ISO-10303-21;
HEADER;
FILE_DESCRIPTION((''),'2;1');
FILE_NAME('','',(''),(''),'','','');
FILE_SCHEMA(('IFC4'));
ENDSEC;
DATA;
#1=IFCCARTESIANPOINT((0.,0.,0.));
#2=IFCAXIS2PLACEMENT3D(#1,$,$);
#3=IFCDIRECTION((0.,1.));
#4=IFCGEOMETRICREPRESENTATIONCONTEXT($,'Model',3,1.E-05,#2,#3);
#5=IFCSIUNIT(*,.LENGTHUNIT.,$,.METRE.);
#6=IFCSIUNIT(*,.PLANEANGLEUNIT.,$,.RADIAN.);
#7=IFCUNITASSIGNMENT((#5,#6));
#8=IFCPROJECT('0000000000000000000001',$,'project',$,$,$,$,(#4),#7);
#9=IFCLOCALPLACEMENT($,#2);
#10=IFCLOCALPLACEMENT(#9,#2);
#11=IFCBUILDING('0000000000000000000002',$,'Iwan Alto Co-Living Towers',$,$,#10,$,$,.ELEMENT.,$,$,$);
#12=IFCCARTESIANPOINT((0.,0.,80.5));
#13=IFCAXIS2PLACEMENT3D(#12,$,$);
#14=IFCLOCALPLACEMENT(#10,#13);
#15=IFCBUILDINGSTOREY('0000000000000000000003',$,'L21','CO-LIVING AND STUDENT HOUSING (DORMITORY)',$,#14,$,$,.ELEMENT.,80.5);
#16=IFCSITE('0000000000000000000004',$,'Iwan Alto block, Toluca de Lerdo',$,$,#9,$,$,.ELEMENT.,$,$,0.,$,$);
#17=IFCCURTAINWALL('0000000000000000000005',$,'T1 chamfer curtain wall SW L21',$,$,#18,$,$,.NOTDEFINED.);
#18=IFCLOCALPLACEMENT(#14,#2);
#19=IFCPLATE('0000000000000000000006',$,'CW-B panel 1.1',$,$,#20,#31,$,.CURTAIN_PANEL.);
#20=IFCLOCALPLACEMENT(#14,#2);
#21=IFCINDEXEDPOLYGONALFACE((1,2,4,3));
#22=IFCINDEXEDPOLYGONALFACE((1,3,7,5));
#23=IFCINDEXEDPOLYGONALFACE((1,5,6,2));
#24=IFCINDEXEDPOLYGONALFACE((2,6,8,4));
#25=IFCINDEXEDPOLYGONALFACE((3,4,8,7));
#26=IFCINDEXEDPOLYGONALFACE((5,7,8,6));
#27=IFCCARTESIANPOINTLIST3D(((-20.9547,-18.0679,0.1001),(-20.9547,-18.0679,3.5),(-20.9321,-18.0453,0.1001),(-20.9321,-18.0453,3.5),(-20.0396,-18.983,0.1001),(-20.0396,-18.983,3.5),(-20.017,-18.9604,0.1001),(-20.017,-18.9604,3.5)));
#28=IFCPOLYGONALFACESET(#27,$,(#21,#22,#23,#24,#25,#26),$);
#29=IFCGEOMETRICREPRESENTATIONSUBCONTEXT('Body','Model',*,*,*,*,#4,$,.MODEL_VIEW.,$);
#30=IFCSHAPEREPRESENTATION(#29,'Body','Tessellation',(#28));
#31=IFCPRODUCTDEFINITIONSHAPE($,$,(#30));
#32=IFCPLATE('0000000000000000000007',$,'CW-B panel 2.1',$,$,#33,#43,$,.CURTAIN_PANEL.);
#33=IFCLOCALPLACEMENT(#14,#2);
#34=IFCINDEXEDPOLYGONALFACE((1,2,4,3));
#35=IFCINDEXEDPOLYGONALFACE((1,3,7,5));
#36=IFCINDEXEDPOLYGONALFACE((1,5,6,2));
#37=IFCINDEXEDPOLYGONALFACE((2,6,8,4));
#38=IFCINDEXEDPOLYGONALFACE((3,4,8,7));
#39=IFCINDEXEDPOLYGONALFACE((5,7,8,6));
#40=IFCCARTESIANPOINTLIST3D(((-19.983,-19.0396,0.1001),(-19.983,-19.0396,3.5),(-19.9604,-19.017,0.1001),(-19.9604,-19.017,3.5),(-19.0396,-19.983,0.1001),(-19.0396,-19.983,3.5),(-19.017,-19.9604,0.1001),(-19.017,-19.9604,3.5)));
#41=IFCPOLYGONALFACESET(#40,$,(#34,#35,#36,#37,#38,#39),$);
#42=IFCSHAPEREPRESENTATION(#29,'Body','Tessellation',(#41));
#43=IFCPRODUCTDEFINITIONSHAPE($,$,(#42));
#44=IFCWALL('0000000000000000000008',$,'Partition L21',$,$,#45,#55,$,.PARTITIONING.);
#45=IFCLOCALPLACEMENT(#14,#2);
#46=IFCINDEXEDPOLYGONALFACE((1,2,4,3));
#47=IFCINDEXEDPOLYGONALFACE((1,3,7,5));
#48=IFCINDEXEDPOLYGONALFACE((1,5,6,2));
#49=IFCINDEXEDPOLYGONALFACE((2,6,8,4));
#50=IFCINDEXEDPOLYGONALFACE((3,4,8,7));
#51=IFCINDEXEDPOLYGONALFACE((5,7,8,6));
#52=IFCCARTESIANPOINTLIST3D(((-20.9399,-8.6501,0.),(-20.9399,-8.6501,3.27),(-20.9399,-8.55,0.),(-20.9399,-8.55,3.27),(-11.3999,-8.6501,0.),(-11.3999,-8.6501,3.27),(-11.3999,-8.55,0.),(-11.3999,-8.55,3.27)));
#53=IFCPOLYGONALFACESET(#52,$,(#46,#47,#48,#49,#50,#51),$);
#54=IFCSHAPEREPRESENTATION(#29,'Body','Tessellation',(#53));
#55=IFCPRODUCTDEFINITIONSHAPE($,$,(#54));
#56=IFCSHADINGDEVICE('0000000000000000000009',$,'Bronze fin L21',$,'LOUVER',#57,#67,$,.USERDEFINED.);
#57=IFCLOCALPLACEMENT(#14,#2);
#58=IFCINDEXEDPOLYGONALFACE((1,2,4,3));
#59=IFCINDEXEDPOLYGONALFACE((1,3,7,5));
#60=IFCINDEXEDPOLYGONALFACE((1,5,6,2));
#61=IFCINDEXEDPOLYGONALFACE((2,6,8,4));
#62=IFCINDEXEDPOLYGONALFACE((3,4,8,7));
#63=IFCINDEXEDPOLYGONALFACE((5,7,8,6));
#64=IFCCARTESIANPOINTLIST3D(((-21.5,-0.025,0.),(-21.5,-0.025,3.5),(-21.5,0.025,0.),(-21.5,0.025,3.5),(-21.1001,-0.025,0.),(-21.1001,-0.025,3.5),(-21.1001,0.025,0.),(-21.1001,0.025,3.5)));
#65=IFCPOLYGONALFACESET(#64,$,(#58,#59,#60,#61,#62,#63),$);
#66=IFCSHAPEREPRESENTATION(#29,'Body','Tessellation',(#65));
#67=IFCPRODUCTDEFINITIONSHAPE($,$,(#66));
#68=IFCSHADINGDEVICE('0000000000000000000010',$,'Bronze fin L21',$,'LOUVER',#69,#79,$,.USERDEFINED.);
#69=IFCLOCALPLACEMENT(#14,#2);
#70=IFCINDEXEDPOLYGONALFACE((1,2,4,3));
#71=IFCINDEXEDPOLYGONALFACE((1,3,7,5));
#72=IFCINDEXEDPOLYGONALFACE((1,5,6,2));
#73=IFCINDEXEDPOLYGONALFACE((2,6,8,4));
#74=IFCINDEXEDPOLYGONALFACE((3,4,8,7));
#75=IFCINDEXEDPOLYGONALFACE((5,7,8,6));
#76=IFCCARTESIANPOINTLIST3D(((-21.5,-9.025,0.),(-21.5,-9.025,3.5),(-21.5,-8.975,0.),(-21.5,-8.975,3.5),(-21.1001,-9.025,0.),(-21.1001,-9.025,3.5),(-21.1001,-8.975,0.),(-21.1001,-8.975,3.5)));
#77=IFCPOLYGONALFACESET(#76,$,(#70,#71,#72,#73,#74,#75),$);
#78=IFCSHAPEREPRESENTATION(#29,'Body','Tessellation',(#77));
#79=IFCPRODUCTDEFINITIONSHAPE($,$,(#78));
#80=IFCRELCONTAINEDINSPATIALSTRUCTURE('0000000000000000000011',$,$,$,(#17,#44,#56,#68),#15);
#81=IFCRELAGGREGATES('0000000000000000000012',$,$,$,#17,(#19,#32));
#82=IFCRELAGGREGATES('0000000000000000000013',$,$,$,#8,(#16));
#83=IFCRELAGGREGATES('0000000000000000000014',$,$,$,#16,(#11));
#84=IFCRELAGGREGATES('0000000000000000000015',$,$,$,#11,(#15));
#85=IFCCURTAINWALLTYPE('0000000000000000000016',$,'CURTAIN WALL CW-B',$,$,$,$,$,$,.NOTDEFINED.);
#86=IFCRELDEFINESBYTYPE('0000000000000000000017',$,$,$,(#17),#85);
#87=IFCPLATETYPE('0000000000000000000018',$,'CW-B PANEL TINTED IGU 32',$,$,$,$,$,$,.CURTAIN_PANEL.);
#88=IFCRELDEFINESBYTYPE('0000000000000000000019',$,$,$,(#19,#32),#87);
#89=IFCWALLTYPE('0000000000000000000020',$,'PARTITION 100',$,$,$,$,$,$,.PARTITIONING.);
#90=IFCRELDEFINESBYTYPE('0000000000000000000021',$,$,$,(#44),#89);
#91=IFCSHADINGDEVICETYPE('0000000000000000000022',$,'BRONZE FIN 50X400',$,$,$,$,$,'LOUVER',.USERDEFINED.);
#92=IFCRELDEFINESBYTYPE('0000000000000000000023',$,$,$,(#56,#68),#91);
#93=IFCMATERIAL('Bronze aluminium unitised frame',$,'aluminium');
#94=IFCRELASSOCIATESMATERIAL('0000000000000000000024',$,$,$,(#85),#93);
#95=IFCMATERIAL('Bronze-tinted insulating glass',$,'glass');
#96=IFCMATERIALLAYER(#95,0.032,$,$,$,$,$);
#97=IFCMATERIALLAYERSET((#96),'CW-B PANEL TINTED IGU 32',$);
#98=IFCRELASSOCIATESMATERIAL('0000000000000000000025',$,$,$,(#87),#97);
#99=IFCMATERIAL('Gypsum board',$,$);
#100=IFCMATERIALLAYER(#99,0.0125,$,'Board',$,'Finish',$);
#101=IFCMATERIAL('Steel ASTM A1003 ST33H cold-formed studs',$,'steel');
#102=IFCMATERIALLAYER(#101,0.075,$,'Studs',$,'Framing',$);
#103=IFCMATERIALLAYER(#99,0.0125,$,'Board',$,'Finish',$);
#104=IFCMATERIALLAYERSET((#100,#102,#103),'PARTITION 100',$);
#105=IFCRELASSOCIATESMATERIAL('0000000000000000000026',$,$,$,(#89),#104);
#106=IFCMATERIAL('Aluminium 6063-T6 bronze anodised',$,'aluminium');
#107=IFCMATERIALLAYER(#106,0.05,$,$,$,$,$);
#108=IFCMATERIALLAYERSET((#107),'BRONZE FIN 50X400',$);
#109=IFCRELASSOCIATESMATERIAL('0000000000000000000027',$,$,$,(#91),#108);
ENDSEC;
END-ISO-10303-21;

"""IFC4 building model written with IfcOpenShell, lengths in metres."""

from ifc_helpers import new_model, si_unit, direction, frame, frame_2d, origin, origin_2d, place, context, subcontext, project, spatial, rectangle, extrude, material, layer, layer_set, type_object, element, aggregate, save


model = new_model("IFC4")

# Units and contexts
model_context = context("Model", 3, precision=1e-05, world=origin(), true_north=direction((0.0, 1.0)))
body_context = subcontext(model_context, "Body", "Model", "MODEL_VIEW")
ifc_project = project(units=[si_unit("LENGTHUNIT", "METRE"), si_unit("PLANEANGLEUNIT", "RADIAN")], contexts=[model_context])

# Site, building, storey
site_placement = place(None, origin())
site = spatial("IfcSite", under=ifc_project, at=site_placement, Name="Iwan Alto block, Toluca de Lerdo", CompositionType="ELEMENT", RefElevation=0.0)
building_placement = place(site_placement, origin())
building = spatial("IfcBuilding", under=site, at=building_placement, Name="Iwan Alto Co-Living Towers", CompositionType="ELEMENT")
storey_placement = place(building_placement, frame((0.0, 0.0, 80.5)))
storey = spatial("IfcBuildingStorey", under=building, at=storey_placement, Name="L21", Description="CO-LIVING AND STUDENT HOUSING (DORMITORY)", CompositionType="ELEMENT", Elevation=80.5)

# Curtain wall
ifc_material_1 = material(Name="Bronze aluminium unitised frame", Category="aluminium")
curtain_wall_type_1 = type_object("IfcCurtainWallType", Name="CURTAIN WALL CW-B", PredefinedType="NOTDEFINED", material=ifc_material_1)
curtain_wall_1_placement = place(storey_placement, origin())
curtain_wall_1 = element("IfcCurtainWall", 1, at=curtain_wall_1_placement, inside=storey, type_object=curtain_wall_type_1, Name="T1 chamfer curtain wall SW L21", PredefinedType="NOTDEFINED")

# Plates
ifc_material_2 = material(Name="Bronze-tinted insulating glass", Category="glass")
ifc_layer_1 = layer(ifc_material_2, 0.032)
ifc_layer_set_1 = layer_set([ifc_layer_1], Name="CW-B PANEL TINTED IGU 32")
plate_type_1 = type_object("IfcPlateType", Name="CW-B PANEL TINTED IGU 32", PredefinedType="CURTAIN_PANEL", material=ifc_layer_set_1)
plate_1_placement = place(storey_placement, frame((-20.4858, -18.5142, 0.1001), z_axis=(0.0, 0.0, 1.0), x_axis=(0.707107, -0.707107, 0.0)))
plate_1 = element("IfcPlate", 2, at=plate_1_placement, type_object=plate_type_1, Name="CW-B panel 1.1", PredefinedType="CURTAIN_PANEL", context=body_context, shape_type="SweptSolid", body=[
    extrude(rectangle(XDim=1.2942, YDim=0.032, at=origin_2d()), origin(), (0.0, 0.0, 1.0), 3.3999),
])
plate_2_placement = place(storey_placement, frame((-19.5, -19.5, 0.1001), z_axis=(0.0, 0.0, 1.0), x_axis=(0.707107, -0.707107, 0.0)))
plate_2 = element("IfcPlate", 3, at=plate_2_placement, type_object=plate_type_1, Name="CW-B panel 2.1", PredefinedType="CURTAIN_PANEL", context=body_context, shape_type="SweptSolid", body=[
    extrude(rectangle(XDim=1.3342, YDim=0.032, at=origin_2d()), origin(), (0.0, 0.0, 1.0), 3.3999),
])
aggregate(curtain_wall_1, [plate_1, plate_2])

# Wall
ifc_material_3 = material(Name="Gypsum board")
ifc_layer_2 = layer(ifc_material_3, 0.0125, Name="Board", Category="Finish")
ifc_material_4 = material(Name="Steel ASTM A1003 ST33H cold-formed studs", Category="steel")
ifc_layer_3 = layer(ifc_material_4, 0.075, Name="Studs", Category="Framing")
ifc_layer_4 = layer(ifc_material_3, 0.0125, Name="Board", Category="Finish")
ifc_layer_set_2 = layer_set([ifc_layer_2, ifc_layer_3, ifc_layer_4], Name="PARTITION 100")
wall_type = type_object("IfcWallType", Name="PARTITION 100", PredefinedType="PARTITIONING", material=ifc_layer_set_2)
wall_placement = place(storey_placement, frame((-20.9399, -8.6001, 0.0), z_axis=(0.0, 0.0, 1.0), x_axis=(1.0, 0.0, 0.0)))
element("IfcWall", 4, at=wall_placement, inside=storey, type_object=wall_type, Name="Partition L21", PredefinedType="PARTITIONING", context=body_context, shape_type="SweptSolid", body=[
    extrude(rectangle(XDim=9.54, YDim=0.1001, at=frame_2d((4.77, 0.0))), origin(), (0.0, 0.0, 1.0), 3.27),
])

# Shading devices
ifc_material_5 = material(Name="Aluminium 6063-T6 bronze anodised", Category="aluminium")
ifc_layer_5 = layer(ifc_material_5, 0.05)
ifc_layer_set_3 = layer_set([ifc_layer_5], Name="BRONZE FIN 50X400")
shading_device_type = type_object("IfcShadingDeviceType", Name="BRONZE FIN 50X400", ElementType="LOUVER", PredefinedType="USERDEFINED", material=ifc_layer_set_3)
for number, where, z_axis, x_axis, name in (
    (5, (-21.3, 0.0, 0.0), (0.0, 0.0, 1.0), (0.0, -1.0, 0.0), "Bronze fin L21"),
    (6, (-21.3, -9.0, 0.0), (0.0, 0.0, 1.0), (0.0, -1.0, 0.0), "Bronze fin L21"),
):
    element("IfcShadingDevice", number, at=place(storey_placement, frame(where, z_axis=z_axis, x_axis=x_axis)), inside=storey, type_object=shading_device_type, Name=name, ObjectType="LOUVER", PredefinedType="USERDEFINED", context=body_context, shape_type="SweptSolid", body=[
        extrude(rectangle(XDim=0.05, YDim=0.3999, at=origin_2d()), origin(), (0.0, 0.0, 1.0), 3.5),
    ])

save(model, "model.ifc")
